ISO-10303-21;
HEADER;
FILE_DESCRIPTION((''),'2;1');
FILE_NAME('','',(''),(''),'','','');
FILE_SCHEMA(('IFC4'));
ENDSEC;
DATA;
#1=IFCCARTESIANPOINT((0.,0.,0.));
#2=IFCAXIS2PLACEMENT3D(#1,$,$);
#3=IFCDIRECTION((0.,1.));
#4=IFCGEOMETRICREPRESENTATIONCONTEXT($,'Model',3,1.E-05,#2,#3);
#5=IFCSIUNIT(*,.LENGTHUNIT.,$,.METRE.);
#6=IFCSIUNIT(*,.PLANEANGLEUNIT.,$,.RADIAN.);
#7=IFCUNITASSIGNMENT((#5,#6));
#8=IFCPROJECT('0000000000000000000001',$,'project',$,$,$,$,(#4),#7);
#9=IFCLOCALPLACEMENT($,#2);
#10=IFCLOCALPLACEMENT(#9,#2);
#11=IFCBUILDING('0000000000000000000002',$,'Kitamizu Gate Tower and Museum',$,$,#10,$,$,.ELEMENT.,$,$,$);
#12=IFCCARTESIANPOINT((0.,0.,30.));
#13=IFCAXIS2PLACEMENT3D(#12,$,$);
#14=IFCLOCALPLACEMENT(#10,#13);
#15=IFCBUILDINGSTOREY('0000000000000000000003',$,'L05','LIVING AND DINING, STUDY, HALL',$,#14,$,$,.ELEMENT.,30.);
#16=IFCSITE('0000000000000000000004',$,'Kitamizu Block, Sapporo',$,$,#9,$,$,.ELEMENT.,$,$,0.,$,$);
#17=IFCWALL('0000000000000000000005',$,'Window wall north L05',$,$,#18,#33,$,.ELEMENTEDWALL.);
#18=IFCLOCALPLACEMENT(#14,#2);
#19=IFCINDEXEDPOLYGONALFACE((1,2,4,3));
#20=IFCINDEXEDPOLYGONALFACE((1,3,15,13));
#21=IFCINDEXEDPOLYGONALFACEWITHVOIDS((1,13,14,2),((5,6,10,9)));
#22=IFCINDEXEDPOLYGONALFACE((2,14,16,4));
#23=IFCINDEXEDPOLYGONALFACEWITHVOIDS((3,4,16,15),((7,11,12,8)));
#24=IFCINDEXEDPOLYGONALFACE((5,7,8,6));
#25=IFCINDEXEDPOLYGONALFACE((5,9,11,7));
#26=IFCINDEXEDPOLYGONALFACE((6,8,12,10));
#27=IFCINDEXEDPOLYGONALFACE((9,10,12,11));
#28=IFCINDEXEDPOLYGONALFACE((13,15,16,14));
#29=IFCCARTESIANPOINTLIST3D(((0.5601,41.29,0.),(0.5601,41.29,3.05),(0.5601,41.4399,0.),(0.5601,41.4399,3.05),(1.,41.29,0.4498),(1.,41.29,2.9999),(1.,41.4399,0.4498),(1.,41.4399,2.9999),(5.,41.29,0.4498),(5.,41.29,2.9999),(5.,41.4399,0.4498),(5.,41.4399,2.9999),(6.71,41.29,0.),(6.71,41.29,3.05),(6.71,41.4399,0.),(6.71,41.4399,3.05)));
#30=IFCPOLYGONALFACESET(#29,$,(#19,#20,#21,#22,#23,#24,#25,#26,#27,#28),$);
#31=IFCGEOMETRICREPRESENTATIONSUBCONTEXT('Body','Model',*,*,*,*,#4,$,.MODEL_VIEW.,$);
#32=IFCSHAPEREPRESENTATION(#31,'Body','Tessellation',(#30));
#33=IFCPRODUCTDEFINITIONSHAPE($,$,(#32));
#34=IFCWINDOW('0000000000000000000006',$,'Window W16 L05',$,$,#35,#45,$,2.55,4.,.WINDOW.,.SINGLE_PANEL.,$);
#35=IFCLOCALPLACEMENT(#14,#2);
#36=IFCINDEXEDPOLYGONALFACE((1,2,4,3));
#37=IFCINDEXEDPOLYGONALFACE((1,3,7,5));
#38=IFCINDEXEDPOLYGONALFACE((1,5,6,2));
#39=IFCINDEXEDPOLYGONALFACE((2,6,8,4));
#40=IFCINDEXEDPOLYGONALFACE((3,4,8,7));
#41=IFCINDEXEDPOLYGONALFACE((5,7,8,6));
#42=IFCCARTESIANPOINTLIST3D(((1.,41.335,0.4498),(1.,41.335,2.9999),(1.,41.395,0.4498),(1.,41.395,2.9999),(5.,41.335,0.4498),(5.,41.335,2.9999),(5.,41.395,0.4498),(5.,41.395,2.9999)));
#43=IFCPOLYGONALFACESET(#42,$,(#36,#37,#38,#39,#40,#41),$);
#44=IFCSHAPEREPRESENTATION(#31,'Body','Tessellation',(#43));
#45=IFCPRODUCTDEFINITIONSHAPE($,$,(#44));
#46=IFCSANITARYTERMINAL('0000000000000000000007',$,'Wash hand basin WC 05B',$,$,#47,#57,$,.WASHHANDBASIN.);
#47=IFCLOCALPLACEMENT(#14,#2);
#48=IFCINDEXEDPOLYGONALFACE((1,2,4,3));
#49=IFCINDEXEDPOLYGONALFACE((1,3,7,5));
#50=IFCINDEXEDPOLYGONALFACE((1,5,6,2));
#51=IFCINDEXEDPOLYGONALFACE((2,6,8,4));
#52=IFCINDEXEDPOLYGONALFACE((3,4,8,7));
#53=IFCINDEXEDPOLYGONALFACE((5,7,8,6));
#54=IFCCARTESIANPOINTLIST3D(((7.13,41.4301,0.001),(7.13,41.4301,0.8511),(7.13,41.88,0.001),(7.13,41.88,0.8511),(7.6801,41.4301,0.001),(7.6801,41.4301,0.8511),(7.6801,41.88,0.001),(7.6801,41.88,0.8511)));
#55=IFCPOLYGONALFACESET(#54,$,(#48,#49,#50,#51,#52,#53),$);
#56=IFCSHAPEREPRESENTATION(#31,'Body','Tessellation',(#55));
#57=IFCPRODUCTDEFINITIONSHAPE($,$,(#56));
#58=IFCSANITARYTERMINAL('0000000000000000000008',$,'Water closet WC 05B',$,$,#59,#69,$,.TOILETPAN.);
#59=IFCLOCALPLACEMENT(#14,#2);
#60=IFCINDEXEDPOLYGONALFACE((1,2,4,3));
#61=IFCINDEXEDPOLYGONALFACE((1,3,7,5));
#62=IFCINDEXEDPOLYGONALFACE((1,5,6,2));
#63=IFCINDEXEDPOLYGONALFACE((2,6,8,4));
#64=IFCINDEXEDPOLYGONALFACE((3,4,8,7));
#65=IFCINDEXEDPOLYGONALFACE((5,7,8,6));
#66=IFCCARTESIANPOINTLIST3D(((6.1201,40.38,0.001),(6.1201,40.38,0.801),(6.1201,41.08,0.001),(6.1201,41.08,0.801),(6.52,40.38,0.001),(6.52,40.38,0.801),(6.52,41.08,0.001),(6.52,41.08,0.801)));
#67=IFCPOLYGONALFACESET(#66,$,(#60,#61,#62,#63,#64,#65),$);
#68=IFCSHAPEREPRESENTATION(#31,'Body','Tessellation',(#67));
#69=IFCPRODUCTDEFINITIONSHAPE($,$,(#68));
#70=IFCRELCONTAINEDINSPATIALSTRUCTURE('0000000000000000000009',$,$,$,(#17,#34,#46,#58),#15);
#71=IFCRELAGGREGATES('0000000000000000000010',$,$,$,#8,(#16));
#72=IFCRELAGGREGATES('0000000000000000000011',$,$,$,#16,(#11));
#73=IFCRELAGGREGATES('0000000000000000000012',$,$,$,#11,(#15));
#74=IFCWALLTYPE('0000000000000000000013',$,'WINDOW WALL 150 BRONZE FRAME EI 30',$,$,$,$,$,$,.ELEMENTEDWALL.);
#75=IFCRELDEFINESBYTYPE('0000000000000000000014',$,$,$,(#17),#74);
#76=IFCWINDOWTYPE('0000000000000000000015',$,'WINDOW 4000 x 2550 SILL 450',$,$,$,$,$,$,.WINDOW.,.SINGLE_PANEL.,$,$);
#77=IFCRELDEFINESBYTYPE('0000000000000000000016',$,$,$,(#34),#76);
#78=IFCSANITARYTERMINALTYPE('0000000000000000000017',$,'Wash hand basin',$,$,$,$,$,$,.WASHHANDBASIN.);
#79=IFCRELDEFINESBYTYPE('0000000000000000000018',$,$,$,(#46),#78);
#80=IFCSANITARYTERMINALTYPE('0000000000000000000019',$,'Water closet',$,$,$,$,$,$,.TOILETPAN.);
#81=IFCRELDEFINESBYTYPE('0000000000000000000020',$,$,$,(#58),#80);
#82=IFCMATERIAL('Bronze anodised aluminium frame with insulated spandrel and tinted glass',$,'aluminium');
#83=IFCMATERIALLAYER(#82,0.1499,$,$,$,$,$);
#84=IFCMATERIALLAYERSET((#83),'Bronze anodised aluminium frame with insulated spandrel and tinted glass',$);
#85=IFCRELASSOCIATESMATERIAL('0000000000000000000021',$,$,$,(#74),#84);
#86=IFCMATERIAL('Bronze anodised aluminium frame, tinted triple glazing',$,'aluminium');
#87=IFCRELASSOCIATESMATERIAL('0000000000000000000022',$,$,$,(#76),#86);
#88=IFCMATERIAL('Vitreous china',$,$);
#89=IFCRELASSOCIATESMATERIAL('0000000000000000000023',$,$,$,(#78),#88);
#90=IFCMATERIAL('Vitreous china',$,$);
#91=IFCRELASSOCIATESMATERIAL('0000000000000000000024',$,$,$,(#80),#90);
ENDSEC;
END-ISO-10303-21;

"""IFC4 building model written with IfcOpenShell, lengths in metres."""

from ifc_helpers import new_model, si_unit, direction, frame, frame_2d, origin, origin_2d, place, context, subcontext, project, spatial, rectangle, extrude, material, layer, layer_set, type_object, element, fill, save


model = new_model("IFC4")

# Units and contexts
model_context = context("Model", 3, precision=1e-05, world=origin(), true_north=direction((0.0, 1.0)))
body_context = subcontext(model_context, "Body", "Model", "MODEL_VIEW")
ifc_project = project(units=[si_unit("LENGTHUNIT", "METRE"), si_unit("PLANEANGLEUNIT", "RADIAN")], contexts=[model_context])

# Site, building, storey
site_placement = place(None, origin())
site = spatial("IfcSite", under=ifc_project, at=site_placement, Name="Kitamizu Block, Sapporo", CompositionType="ELEMENT", RefElevation=0.0)
building_placement = place(site_placement, origin())
building = spatial("IfcBuilding", under=site, at=building_placement, Name="Kitamizu Gate Tower and Museum", CompositionType="ELEMENT")
storey_placement = place(building_placement, frame((0.0, 0.0, 30.0)))
storey = spatial("IfcBuildingStorey", under=building, at=storey_placement, Name="L05", Description="LIVING AND DINING, STUDY, HALL", CompositionType="ELEMENT", Elevation=30.0)

# Shared definitions
ifc_material_1 = material(Name="Bronze anodised aluminium frame with insulated spandrel and tinted glass", Category="aluminium")
ifc_layer_1 = layer(ifc_material_1, 0.1499)
ifc_layer_set_1 = layer_set([ifc_layer_1], Name="Bronze anodised aluminium frame with insulated spandrel and tinted glass")
wall_type_1 = type_object("IfcWallType", Name="WINDOW WALL 150 BRONZE FRAME EI 30", PredefinedType="ELEMENTEDWALL", material=ifc_layer_set_1)

# Wall, opening, window
ifc_material_2 = material(Name="Bronze anodised aluminium frame, tinted triple glazing", Category="aluminium")
window_type_1 = type_object("IfcWindowType", Name="WINDOW 4000 x 2550 SILL 450", PartitioningType="SINGLE_PANEL", PredefinedType="WINDOW", material=ifc_material_2)
wall_1_placement = place(storey_placement, frame((0.5601, 41.365, 0.0), z_axis=(0.0, 0.0, 1.0), x_axis=(1.0, 0.0, 0.0)))
wall_1 = element("IfcWall", 1, at=wall_1_placement, inside=storey, type_object=wall_type_1, Name="Window wall north L05", PredefinedType="ELEMENTEDWALL", context=body_context, shape_type="SweptSolid", body=[
    extrude(rectangle(XDim=6.1499, YDim=0.1499, at=frame_2d((3.075, 0.0))), origin(), (0.0, 0.0, 1.0), 3.05),
])
opening_1_placement = place(wall_1_placement, frame((0.4399, 0.0, 0.45)))
opening_1 = element("IfcOpeningElement", 2, at=opening_1_placement, cuts=wall_1, PredefinedType="OPENING", context=body_context, shape_type="SweptSolid", body=[
    extrude(rectangle(XDim=4.0, YDim=2.55, at=frame_2d((2.0, 1.2749))), frame((0.0, 0.085, 0.0), z_axis=(0.0, -1.0, 0.0), x_axis=(1.0, 0.0, 0.0)), (0.0, 0.0, 1.0), 0.1699),
])
window_1_placement = place(opening_1_placement, origin())
window_1 = element("IfcWindow", 3, at=window_1_placement, inside=storey, type_object=window_type_1, Name="Window W16 L05", OverallHeight=2.55, OverallWidth=4.0, PartitioningType="SINGLE_PANEL", PredefinedType="WINDOW", context=body_context, shape_type="SweptSolid", body=[
    extrude(rectangle(XDim=4.0, YDim=2.55, at=frame_2d((2.0, 1.2749))), frame((0.0, 0.03, 0.0), z_axis=(0.0, -1.0, 0.0), x_axis=(1.0, 0.0, 0.0)), (0.0, 0.0, 1.0), 0.0601),
])
fill(opening_1, window_1)

# Sanitary terminals
ifc_material_3 = material(Name="Vitreous china")
sanitary_terminal_type_1 = type_object("IfcSanitaryTerminalType", Name="Wash hand basin", PredefinedType="WASHHANDBASIN", material=ifc_material_3)
sanitary_terminal_1_placement = place(storey_placement, frame((7.405, 41.655, 0.001), z_axis=(0.0, 0.0, 1.0), x_axis=(1.0, 0.0, 0.0)))
element("IfcSanitaryTerminal", 4, at=sanitary_terminal_1_placement, inside=storey, type_object=sanitary_terminal_type_1, Name="Wash hand basin WC 05B", PredefinedType="WASHHANDBASIN", context=body_context, shape_type="SweptSolid", body=[
    extrude(rectangle(XDim=0.55, YDim=0.45, at=origin_2d()), origin(), (0.0, 0.0, 1.0), 0.8501),
])
ifc_material_4 = material(Name="Vitreous china")
sanitary_terminal_type_2 = type_object("IfcSanitaryTerminalType", Name="Water closet", PredefinedType="TOILETPAN", material=ifc_material_4)
sanitary_terminal_2_placement = place(storey_placement, frame((6.3201, 40.73, 0.001), z_axis=(0.0, 0.0, 1.0), x_axis=(1.0, 0.0, 0.0)))
element("IfcSanitaryTerminal", 5, at=sanitary_terminal_2_placement, inside=storey, type_object=sanitary_terminal_type_2, Name="Water closet WC 05B", PredefinedType="TOILETPAN", context=body_context, shape_type="SweptSolid", body=[
    extrude(rectangle(XDim=0.3999, YDim=0.7, at=origin_2d()), origin(), (0.0, 0.0, 1.0), 0.8),
])

save(model, "model.ifc")
